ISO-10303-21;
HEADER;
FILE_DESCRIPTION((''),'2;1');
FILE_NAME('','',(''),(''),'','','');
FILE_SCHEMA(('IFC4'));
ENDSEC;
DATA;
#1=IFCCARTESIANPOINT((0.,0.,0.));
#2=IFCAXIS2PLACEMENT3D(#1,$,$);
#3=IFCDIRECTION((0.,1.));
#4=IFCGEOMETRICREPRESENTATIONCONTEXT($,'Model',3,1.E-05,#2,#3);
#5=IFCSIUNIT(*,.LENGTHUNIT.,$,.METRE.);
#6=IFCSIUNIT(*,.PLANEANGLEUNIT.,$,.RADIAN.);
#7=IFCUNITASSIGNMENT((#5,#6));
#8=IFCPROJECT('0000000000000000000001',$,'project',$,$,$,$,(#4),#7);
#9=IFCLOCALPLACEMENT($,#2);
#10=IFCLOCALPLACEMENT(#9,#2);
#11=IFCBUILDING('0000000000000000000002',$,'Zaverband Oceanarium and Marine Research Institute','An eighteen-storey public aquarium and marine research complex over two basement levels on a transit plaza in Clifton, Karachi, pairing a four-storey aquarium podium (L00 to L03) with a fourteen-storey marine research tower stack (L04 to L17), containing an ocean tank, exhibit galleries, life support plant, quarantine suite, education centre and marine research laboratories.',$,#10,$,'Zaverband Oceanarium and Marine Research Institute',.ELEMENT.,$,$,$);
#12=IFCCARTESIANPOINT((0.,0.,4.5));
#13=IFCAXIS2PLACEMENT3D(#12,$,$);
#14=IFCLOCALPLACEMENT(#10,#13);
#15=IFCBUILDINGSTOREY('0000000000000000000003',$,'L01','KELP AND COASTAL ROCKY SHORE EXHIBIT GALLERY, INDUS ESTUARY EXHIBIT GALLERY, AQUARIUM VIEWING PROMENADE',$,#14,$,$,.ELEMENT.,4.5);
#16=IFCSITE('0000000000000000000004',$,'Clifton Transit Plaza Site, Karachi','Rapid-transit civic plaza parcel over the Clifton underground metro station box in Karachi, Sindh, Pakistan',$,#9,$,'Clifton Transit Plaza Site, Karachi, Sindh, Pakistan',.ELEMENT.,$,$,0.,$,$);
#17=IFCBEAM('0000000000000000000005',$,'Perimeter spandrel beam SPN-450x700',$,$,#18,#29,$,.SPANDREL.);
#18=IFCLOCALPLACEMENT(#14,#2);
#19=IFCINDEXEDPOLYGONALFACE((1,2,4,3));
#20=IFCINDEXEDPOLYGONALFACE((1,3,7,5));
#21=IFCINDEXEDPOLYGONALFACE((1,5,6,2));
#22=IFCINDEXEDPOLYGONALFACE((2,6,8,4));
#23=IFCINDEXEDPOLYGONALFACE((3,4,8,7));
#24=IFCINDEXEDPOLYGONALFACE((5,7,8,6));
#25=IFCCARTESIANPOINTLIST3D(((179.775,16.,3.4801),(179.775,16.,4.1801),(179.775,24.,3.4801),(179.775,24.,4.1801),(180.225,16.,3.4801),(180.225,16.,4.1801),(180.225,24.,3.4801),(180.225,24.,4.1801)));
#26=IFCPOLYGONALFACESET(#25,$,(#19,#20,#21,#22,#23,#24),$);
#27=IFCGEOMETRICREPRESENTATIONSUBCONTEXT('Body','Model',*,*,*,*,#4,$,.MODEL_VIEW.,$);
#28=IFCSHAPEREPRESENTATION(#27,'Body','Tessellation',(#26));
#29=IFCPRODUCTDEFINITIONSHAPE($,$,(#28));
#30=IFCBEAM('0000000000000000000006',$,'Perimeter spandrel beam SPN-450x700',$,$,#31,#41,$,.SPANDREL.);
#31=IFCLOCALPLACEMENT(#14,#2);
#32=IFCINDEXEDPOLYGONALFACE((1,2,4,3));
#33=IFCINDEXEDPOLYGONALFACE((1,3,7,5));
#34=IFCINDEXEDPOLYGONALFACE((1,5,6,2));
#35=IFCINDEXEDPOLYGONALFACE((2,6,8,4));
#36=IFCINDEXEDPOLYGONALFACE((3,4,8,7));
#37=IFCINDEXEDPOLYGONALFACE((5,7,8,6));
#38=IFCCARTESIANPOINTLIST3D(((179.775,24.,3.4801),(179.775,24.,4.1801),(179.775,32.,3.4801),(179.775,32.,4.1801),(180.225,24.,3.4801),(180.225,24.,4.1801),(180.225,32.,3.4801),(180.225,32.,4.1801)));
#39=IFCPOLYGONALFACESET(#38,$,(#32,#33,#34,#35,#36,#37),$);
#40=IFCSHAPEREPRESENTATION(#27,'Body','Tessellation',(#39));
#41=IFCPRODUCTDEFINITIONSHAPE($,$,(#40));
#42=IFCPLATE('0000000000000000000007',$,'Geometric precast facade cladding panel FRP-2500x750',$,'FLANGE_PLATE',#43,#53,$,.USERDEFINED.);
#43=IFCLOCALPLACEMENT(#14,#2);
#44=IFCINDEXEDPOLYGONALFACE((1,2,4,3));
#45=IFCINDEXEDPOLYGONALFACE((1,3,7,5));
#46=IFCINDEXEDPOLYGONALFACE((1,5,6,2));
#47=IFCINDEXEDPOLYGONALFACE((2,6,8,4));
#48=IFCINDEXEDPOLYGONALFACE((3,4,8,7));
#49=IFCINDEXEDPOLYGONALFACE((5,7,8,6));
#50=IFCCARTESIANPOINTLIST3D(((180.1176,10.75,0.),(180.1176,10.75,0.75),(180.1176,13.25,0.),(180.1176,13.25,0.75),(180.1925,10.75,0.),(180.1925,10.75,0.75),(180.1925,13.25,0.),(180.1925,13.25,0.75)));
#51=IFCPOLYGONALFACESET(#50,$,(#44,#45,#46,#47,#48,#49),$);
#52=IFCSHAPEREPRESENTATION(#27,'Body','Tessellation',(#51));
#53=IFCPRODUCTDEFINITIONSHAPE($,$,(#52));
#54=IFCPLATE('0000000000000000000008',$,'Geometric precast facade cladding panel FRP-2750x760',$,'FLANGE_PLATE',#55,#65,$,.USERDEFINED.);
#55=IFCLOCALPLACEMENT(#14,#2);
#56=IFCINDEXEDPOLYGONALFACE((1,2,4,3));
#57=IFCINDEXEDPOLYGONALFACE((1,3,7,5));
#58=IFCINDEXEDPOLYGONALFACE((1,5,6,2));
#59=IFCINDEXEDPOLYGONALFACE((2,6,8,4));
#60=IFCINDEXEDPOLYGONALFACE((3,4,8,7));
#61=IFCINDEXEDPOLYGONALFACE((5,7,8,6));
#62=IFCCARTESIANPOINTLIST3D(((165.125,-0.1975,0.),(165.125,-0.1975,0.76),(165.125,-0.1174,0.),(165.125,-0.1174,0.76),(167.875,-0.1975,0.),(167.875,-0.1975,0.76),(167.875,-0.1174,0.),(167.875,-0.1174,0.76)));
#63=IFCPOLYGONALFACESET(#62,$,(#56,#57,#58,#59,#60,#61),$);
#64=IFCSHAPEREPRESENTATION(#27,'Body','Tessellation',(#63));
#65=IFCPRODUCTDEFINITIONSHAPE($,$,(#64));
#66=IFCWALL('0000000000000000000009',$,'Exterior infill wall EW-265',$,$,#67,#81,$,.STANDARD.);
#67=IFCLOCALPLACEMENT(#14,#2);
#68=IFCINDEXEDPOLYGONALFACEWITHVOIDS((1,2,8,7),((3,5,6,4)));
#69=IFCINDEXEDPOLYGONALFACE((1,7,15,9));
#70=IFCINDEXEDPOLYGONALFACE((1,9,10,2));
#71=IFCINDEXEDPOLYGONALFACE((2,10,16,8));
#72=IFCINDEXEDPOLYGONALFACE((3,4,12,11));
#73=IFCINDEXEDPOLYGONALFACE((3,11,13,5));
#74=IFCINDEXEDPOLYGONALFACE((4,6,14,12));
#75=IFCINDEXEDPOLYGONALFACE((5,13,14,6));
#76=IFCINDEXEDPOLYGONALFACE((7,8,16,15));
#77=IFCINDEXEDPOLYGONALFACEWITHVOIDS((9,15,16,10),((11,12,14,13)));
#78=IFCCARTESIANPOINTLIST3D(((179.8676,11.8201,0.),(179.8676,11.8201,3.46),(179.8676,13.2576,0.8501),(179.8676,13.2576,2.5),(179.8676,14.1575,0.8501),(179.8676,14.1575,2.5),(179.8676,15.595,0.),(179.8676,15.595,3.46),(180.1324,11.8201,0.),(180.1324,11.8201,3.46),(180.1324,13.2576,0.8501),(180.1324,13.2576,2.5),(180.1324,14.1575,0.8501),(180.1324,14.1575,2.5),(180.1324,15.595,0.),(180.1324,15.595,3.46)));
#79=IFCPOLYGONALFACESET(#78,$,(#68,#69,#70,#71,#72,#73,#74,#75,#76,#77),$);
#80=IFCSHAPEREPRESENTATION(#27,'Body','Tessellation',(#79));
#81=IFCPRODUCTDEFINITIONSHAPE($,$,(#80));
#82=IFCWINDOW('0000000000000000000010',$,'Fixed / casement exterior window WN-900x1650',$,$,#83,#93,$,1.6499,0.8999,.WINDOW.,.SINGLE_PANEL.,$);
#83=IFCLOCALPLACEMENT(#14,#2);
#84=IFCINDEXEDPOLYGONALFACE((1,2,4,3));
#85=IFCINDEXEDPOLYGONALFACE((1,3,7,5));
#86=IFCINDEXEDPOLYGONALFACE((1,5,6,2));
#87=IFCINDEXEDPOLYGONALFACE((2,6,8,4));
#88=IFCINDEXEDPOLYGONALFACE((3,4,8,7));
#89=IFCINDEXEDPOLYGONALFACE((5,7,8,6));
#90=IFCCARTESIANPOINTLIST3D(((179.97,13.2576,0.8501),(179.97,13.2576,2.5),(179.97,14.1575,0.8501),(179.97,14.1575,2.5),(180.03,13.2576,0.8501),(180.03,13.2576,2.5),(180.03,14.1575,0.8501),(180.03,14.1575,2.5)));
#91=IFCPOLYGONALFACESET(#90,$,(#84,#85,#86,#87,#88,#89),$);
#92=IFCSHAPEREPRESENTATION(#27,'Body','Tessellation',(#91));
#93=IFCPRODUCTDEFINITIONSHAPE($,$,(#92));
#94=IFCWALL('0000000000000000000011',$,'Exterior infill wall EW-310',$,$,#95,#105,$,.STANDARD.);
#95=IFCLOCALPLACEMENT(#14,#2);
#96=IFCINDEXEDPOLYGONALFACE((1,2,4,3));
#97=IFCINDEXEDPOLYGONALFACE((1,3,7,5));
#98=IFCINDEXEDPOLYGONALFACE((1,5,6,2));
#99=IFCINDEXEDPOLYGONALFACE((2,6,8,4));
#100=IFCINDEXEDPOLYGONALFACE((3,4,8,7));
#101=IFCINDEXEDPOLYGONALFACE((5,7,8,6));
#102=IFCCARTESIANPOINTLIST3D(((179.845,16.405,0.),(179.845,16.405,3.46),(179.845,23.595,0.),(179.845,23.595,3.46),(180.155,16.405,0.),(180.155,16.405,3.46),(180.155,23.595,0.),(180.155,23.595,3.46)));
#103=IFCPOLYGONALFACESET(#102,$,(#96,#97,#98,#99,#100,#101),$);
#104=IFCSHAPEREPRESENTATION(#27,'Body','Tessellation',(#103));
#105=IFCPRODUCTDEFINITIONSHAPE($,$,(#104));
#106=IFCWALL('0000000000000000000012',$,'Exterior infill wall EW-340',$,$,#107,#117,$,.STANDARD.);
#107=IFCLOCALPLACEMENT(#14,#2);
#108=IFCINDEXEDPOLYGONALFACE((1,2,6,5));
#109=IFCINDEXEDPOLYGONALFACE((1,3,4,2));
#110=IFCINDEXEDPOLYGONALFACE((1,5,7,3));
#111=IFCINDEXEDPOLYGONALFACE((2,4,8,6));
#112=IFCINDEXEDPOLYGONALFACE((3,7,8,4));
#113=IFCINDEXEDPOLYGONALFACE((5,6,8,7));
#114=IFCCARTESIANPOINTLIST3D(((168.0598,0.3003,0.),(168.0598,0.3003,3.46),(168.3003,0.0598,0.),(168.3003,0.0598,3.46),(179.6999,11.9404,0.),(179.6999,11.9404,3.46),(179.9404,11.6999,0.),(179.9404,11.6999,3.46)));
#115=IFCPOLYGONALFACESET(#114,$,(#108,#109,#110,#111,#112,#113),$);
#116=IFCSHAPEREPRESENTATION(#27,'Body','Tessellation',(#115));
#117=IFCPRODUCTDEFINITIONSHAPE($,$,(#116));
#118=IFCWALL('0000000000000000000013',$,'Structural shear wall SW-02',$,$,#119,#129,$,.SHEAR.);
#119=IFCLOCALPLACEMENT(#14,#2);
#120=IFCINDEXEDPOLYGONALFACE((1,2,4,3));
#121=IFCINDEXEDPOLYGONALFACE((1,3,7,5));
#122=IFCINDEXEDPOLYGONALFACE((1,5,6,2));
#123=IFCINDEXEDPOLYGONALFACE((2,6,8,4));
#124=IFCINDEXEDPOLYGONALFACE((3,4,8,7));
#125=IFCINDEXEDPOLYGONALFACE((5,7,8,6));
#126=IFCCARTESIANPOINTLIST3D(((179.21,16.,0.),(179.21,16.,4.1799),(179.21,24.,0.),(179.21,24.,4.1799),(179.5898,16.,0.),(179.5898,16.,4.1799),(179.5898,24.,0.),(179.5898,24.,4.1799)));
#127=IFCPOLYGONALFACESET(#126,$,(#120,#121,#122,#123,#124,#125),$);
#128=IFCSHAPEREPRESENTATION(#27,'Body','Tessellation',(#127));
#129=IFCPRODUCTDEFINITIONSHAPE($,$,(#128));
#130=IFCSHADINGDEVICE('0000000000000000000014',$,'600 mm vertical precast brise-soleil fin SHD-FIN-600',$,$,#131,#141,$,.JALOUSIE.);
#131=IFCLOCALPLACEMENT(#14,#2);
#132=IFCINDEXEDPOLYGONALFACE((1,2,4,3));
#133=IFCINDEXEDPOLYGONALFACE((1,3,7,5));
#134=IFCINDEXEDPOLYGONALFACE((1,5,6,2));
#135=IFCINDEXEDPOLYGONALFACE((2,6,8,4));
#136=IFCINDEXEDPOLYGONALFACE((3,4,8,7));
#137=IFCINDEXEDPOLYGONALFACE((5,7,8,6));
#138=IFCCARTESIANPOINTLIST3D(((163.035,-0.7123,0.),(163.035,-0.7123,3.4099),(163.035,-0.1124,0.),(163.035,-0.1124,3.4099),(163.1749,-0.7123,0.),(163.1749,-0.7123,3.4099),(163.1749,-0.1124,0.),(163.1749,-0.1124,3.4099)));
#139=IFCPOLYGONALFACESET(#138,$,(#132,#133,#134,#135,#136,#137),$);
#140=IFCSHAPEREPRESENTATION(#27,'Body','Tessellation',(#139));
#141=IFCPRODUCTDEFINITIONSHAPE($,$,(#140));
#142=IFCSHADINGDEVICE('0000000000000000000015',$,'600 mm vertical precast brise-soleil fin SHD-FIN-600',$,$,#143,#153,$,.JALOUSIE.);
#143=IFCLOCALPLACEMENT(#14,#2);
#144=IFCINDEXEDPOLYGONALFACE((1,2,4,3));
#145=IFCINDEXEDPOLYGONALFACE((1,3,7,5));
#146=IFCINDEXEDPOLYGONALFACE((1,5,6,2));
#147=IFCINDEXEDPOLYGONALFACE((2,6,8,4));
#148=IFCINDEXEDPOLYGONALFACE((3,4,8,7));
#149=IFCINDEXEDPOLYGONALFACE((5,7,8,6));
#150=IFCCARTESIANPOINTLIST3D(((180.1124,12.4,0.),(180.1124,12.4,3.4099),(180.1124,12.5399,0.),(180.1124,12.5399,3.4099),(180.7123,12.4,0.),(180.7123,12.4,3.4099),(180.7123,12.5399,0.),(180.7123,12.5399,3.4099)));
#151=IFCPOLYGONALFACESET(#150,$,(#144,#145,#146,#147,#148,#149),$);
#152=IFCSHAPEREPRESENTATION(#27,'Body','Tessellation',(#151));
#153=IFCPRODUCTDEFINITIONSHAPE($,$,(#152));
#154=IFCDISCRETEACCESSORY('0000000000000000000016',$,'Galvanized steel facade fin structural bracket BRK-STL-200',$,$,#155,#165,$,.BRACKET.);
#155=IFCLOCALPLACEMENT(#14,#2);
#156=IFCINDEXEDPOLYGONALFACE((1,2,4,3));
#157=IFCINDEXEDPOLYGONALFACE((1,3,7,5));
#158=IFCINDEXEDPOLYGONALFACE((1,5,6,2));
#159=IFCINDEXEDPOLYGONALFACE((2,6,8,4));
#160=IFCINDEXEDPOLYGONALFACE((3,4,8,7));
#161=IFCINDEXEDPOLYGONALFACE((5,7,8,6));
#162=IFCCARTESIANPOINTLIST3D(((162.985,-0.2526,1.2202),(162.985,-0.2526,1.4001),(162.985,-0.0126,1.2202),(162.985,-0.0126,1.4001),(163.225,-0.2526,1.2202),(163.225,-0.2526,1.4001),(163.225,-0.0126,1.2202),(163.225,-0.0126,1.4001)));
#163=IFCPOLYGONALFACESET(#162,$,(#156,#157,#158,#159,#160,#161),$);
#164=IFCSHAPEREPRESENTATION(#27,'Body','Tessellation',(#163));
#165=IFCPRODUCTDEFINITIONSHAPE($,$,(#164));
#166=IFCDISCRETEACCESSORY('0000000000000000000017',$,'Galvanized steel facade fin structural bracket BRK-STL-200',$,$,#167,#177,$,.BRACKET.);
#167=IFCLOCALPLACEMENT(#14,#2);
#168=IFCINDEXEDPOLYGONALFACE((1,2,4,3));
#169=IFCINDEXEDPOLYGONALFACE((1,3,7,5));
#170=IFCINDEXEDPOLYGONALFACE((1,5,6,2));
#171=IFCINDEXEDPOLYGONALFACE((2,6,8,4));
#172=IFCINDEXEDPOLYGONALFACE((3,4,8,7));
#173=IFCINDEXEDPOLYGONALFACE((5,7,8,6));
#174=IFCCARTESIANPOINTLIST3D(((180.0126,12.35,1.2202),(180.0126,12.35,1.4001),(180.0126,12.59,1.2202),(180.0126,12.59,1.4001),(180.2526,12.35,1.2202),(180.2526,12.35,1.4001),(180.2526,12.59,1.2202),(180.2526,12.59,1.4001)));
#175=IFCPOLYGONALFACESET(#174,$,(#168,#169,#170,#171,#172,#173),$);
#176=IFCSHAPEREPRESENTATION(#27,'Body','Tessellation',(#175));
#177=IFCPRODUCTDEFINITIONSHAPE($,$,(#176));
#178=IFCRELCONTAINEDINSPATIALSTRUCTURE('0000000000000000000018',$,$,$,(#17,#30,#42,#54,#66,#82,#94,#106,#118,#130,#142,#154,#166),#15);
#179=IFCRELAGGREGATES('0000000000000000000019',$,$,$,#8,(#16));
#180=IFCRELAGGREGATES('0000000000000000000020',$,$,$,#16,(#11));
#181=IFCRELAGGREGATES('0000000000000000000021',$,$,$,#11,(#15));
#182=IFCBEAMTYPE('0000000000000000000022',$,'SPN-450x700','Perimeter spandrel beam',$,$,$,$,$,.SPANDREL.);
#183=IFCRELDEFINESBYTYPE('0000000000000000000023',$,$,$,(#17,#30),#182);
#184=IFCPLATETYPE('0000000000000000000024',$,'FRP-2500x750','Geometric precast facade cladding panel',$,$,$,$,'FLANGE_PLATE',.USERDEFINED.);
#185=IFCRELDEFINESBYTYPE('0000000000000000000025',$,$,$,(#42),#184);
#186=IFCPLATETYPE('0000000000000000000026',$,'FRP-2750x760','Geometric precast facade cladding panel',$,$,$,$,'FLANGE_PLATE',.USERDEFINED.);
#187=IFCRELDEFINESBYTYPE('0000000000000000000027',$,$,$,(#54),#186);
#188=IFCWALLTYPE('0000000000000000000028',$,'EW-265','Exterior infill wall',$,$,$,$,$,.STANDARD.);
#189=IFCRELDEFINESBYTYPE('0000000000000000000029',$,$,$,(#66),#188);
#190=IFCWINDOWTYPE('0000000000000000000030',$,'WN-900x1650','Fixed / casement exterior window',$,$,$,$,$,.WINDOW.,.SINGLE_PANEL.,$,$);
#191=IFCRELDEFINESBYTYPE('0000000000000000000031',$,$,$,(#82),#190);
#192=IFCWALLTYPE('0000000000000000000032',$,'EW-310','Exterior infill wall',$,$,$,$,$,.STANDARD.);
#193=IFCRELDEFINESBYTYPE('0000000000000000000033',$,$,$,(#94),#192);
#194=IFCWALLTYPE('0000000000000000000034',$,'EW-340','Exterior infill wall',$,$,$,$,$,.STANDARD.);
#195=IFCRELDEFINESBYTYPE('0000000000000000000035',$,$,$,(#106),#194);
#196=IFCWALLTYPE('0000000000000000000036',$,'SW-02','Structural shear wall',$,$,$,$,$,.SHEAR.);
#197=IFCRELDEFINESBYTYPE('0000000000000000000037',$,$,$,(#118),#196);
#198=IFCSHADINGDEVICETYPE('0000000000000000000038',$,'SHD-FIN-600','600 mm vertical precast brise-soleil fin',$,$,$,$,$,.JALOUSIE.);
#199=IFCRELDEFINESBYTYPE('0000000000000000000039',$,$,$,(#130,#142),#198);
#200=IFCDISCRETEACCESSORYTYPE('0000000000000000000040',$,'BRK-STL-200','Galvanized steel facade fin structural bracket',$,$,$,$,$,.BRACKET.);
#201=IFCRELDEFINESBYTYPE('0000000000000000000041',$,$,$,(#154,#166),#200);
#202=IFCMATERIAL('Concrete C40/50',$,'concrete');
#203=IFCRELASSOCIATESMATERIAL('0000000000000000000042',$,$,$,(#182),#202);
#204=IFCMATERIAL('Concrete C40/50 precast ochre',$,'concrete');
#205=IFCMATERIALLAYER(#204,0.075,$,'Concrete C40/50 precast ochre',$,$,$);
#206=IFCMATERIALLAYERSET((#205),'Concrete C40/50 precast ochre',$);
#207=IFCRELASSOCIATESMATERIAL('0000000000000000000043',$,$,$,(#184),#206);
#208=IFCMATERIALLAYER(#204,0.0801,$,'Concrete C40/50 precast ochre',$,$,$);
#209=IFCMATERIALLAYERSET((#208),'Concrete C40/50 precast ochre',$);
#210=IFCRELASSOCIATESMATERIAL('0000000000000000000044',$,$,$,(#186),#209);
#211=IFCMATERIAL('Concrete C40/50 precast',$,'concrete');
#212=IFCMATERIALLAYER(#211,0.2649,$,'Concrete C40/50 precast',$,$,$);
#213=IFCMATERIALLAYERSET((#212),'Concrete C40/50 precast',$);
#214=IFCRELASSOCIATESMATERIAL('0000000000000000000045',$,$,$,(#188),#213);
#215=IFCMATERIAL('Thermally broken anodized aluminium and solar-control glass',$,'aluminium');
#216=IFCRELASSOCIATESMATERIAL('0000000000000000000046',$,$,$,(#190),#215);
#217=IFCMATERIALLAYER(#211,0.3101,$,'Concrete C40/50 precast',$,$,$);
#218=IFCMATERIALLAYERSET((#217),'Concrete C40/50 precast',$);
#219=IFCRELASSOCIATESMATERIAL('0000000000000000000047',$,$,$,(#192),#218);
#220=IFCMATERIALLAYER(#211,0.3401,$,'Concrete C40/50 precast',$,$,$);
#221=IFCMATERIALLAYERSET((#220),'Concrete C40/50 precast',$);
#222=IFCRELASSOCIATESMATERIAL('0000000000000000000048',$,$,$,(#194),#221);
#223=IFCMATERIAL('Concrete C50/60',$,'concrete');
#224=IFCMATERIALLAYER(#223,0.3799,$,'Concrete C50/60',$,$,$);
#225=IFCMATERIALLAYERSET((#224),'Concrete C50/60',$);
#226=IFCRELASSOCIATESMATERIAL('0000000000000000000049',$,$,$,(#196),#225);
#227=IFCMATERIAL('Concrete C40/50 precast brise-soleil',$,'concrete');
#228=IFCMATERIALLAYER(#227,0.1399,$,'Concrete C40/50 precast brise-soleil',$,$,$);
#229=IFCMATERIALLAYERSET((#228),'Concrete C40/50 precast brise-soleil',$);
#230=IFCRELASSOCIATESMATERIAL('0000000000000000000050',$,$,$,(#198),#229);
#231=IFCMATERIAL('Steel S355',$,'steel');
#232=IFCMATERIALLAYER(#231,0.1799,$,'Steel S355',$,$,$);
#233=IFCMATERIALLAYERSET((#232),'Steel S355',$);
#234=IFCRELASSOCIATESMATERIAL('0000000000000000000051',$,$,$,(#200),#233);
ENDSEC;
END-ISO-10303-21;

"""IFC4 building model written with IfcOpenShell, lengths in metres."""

from ifc_helpers import new_model, si_unit, direction, frame, frame_2d, origin, origin_2d, place, context, subcontext, project, spatial, rectangle, extrude, material, layer, layer_set, material_profile, profile_set, type_object, element, fill, save


model = new_model("IFC4")

# Units and contexts
model_context = context("Model", 3, precision=1e-05, world=origin(), true_north=direction((0.0, 1.0)))
body_context = subcontext(model_context, "Body", "Model", "MODEL_VIEW")
ifc_project = project(units=[si_unit("LENGTHUNIT", "METRE"), si_unit("PLANEANGLEUNIT", "RADIAN")], contexts=[model_context])

# Site, building, storey
site_placement = place(None, origin())
site = spatial("IfcSite", under=ifc_project, at=site_placement, Name="Clifton Transit Plaza Site, Karachi", Description="Rapid-transit civic plaza parcel over the Clifton underground metro station box in Karachi, Sindh, Pakistan", LongName="Clifton Transit Plaza Site, Karachi, Sindh, Pakistan", CompositionType="ELEMENT", RefElevation=0.0)
building_placement = place(site_placement, origin())
building = spatial("IfcBuilding", under=site, at=building_placement, Name="Zaverband Oceanarium and Marine Research Institute", Description="An eighteen-storey public aquarium and marine research complex over two basement levels on a transit plaza in Clifton, Karachi, pairing a four-storey aquarium podium (L00 to L03) with a fourteen-storey marine research tower stack (L04 to L17), containing an ocean tank, exhibit galleries, life support plant, quarantine suite, education centre and marine research laboratories.", LongName="Zaverband Oceanarium and Marine Research Institute", CompositionType="ELEMENT")
storey_placement = place(building_placement, frame((0.0, 0.0, 4.5)))
storey = spatial("IfcBuildingStorey", under=building, at=storey_placement, Name="L01", Description="KELP AND COASTAL ROCKY SHORE EXHIBIT GALLERY, INDUS ESTUARY EXHIBIT GALLERY, AQUARIUM VIEWING PROMENADE", CompositionType="ELEMENT", Elevation=4.5)

# Shared definitions
ifc_material_1 = material(Name="Concrete C50/60", Category="concrete")

# Beams
ifc_material_2 = material(Name="Concrete C40/50", Category="concrete")
ifc_material_profile_1 = material_profile(ifc_material_2, rectangle(XDim=0.45, YDim=0.7, at=origin_2d()), Name="RC450x700")
ifc_profile_set_1 = profile_set([ifc_material_profile_1], Name="Concrete C40/50")
beam_type_1 = type_object("IfcBeamType", Name="SPN-450x700", Description="Perimeter spandrel beam", PredefinedType="SPANDREL", material=ifc_profile_set_1)
for number, where, z_axis, x_axis, name in (
    (1, (180.0, 16.0, 3.8301), (0.0, 1.0, 0.0), (-1.0, 0.0, 0.0), "Perimeter spandrel beam SPN-450x700"),
    (2, (180.0, 24.0, 3.8301), (0.0, 1.0, 0.0), (-1.0, 0.0, 0.0), "Perimeter spandrel beam SPN-450x700"),
):
    element("IfcBeam", number, at=place(storey_placement, frame(where, z_axis=z_axis, x_axis=x_axis)), inside=storey, type_object=beam_type_1, Name=name, PredefinedType="SPANDREL", context=body_context, shape_type="SweptSolid", body=[
        extrude(rectangle(XDim=0.45, YDim=0.7, at=origin_2d()), origin(), (0.0, 0.0, 1.0), 8.0),
    ])

# Plates
ifc_material_3 = material(Name="Concrete C40/50 precast ochre", Category="concrete")
ifc_layer_1 = layer(ifc_material_3, 0.075, Name="Concrete C40/50 precast ochre")
ifc_layer_set_1 = layer_set([ifc_layer_1], Name="Concrete C40/50 precast ochre")
plate_type_1 = type_object("IfcPlateType", Name="FRP-2500x750", Description="Geometric precast facade cladding panel", ElementType="FLANGE_PLATE", PredefinedType="USERDEFINED", material=ifc_layer_set_1)
plate_1_placement = place(storey_placement, frame((180.155, 10.75, 0.0), z_axis=(0.0, 0.0, 1.0), x_axis=(0.0, 1.0, 0.0)))
element("IfcPlate", 3, at=plate_1_placement, inside=storey, type_object=plate_type_1, Name="Geometric precast facade cladding panel FRP-2500x750", ObjectType="FLANGE_PLATE", PredefinedType="USERDEFINED", context=body_context, shape_type="SweptSolid", body=[
    extrude(rectangle(XDim=2.5, YDim=0.075, at=frame_2d((1.25, 0.0))), origin(), (0.0, 0.0, 1.0), 0.75),
])
ifc_layer_2 = layer(ifc_material_3, 0.0801, Name="Concrete C40/50 precast ochre")
ifc_layer_set_2 = layer_set([ifc_layer_2], Name="Concrete C40/50 precast ochre")
plate_type_2 = type_object("IfcPlateType", Name="FRP-2750x760", Description="Geometric precast facade cladding panel", ElementType="FLANGE_PLATE", PredefinedType="USERDEFINED", material=ifc_layer_set_2)
plate_2_placement = place(storey_placement, frame((165.125, -0.1575, 0.0), z_axis=(0.0, 0.0, 1.0), x_axis=(1.0, 0.0, 0.0)))
element("IfcPlate", 4, at=plate_2_placement, inside=storey, type_object=plate_type_2, Name="Geometric precast facade cladding panel FRP-2750x760", ObjectType="FLANGE_PLATE", PredefinedType="USERDEFINED", context=body_context, shape_type="SweptSolid", body=[
    extrude(rectangle(XDim=2.75, YDim=0.0801, at=frame_2d((1.375, 0.0))), origin(), (0.0, 0.0, 1.0), 0.76),
])

# Wall, opening, window
ifc_material_4 = material(Name="Concrete C40/50 precast", Category="concrete")
ifc_layer_3 = layer(ifc_material_4, 0.2649, Name="Concrete C40/50 precast")
ifc_layer_set_3 = layer_set([ifc_layer_3], Name="Concrete C40/50 precast")
wall_type_1 = type_object("IfcWallType", Name="EW-265", Description="Exterior infill wall", PredefinedType="STANDARD", material=ifc_layer_set_3)
wall_1_placement = place(storey_placement, frame((180.0, 11.8201, 0.0), z_axis=(0.0, 0.0, 1.0), x_axis=(0.0, 1.0, 0.0)))
wall_1 = element("IfcWall", 5, at=wall_1_placement, inside=storey, type_object=wall_type_1, Name="Exterior infill wall EW-265", PredefinedType="STANDARD", context=body_context, shape_type="SweptSolid", body=[
    extrude(rectangle(XDim=3.7749, YDim=0.2649, at=frame_2d((1.8875, 0.0))), origin(), (0.0, 0.0, 1.0), 3.46),
])
opening_placement = place(wall_1_placement, frame((1.4375, 0.0, 0.8501)))
opening = element("IfcOpeningElement", 6, at=opening_placement, cuts=wall_1, PredefinedType="OPENING", context=body_context, shape_type="SweptSolid", body=[
    extrude(rectangle(XDim=0.8999, YDim=1.6499, at=frame_2d((0.45, 0.825))), frame((0.0, 0.1445, 0.0), z_axis=(0.0, -1.0, 0.0), x_axis=(1.0, 0.0, 0.0)), (0.0, 0.0, 1.0), 0.2888),
])
ifc_material_5 = material(Name="Thermally broken anodized aluminium and solar-control glass", Category="aluminium")
window_type = type_object("IfcWindowType", Name="WN-900x1650", Description="Fixed / casement exterior window", PartitioningType="SINGLE_PANEL", PredefinedType="WINDOW", material=ifc_material_5)
window_placement = place(opening_placement, origin())
window = element("IfcWindow", 7, at=window_placement, inside=storey, type_object=window_type, Name="Fixed / casement exterior window WN-900x1650", OverallHeight=1.6499, OverallWidth=0.8999, PartitioningType="SINGLE_PANEL", PredefinedType="WINDOW", context=body_context, shape_type="SweptSolid", body=[
    extrude(rectangle(XDim=0.8999, YDim=1.6499, at=frame_2d((0.45, 0.825))), frame((0.0, 0.03, 0.0), z_axis=(0.0, -1.0, 0.0), x_axis=(1.0, 0.0, 0.0)), (0.0, 0.0, 1.0), 0.0601),
])
fill(opening, window)

# Walls
ifc_layer_4 = layer(ifc_material_4, 0.3101, Name="Concrete C40/50 precast")
ifc_layer_set_4 = layer_set([ifc_layer_4], Name="Concrete C40/50 precast")
wall_type_2 = type_object("IfcWallType", Name="EW-310", Description="Exterior infill wall", PredefinedType="STANDARD", material=ifc_layer_set_4)
wall_2_placement = place(storey_placement, frame((180.0, 16.405, 0.0), z_axis=(0.0, 0.0, 1.0), x_axis=(0.0, 1.0, 0.0)))
element("IfcWall", 8, at=wall_2_placement, inside=storey, type_object=wall_type_2, Name="Exterior infill wall EW-310", PredefinedType="STANDARD", context=body_context, shape_type="SweptSolid", body=[
    extrude(rectangle(XDim=7.1899, YDim=0.3101, at=frame_2d((3.595, 0.0))), origin(), (0.0, 0.0, 1.0), 3.46),
])
ifc_layer_5 = layer(ifc_material_4, 0.3401, Name="Concrete C40/50 precast")
ifc_layer_set_5 = layer_set([ifc_layer_5], Name="Concrete C40/50 precast")
wall_type_3 = type_object("IfcWallType", Name="EW-340", Description="Exterior infill wall", PredefinedType="STANDARD", material=ifc_layer_set_5)
wall_3_placement = place(storey_placement, frame((168.1799, 0.1799, 0.0), z_axis=(0.0, 0.0, 1.0), x_axis=(0.707107, 0.707107, 0.0)))
element("IfcWall", 9, at=wall_3_placement, inside=storey, type_object=wall_type_3, Name="Exterior infill wall EW-340", PredefinedType="STANDARD", context=body_context, shape_type="SweptSolid", body=[
    extrude(rectangle(XDim=16.4617, YDim=0.3401, at=frame_2d((8.231, 0.0))), origin(), (0.0, 0.0, 1.0), 3.46),
])
ifc_layer_6 = layer(ifc_material_1, 0.3799, Name="Concrete C50/60")
ifc_layer_set_6 = layer_set([ifc_layer_6], Name="Concrete C50/60")
wall_type_4 = type_object("IfcWallType", Name="SW-02", Description="Structural shear wall", PredefinedType="SHEAR", material=ifc_layer_set_6)
wall_4_placement = place(storey_placement, frame((179.3999, 16.0, 0.0), z_axis=(0.0, 0.0, 1.0), x_axis=(0.0, 1.0, 0.0)))
element("IfcWall", 10, at=wall_4_placement, inside=storey, type_object=wall_type_4, Name="Structural shear wall SW-02", PredefinedType="SHEAR", context=body_context, shape_type="SweptSolid", body=[
    extrude(rectangle(XDim=8.0, YDim=0.3799, at=frame_2d((4.0, 0.0))), origin(), (0.0, 0.0, 1.0), 4.1799),
])

# Shading devices
ifc_material_6 = material(Name="Concrete C40/50 precast brise-soleil", Category="concrete")
ifc_layer_7 = layer(ifc_material_6, 0.1399, Name="Concrete C40/50 precast brise-soleil")
ifc_layer_set_7 = layer_set([ifc_layer_7], Name="Concrete C40/50 precast brise-soleil")
shading_device_type = type_object("IfcShadingDeviceType", Name="SHD-FIN-600", Description="600 mm vertical precast brise-soleil fin", PredefinedType="JALOUSIE", material=ifc_layer_set_7)
for number, where, z_axis, x_axis, name in (
    (11, (163.105, -0.1125, 0.0), (0.0, 0.0, 1.0), (0.0, -1.0, 0.0), "600 mm vertical precast brise-soleil fin SHD-FIN-600"),
    (12, (180.1125, 12.47, 0.0), (0.0, 0.0, 1.0), (1.0, 0.0, 0.0), "600 mm vertical precast brise-soleil fin SHD-FIN-600"),
):
    element("IfcShadingDevice", number, at=place(storey_placement, frame(where, z_axis=z_axis, x_axis=x_axis)), inside=storey, type_object=shading_device_type, Name=name, PredefinedType="JALOUSIE", context=body_context, shape_type="SweptSolid", body=[
        extrude(rectangle(XDim=0.5999, YDim=0.1399, at=frame_2d((0.2998, 0.0))), origin(), (0.0, 0.0, 1.0), 3.4099),
    ])

# Discrete accessories
ifc_material_7 = material(Name="Steel S355", Category="steel")
ifc_layer_8 = layer(ifc_material_7, 0.1799, Name="Steel S355")
ifc_layer_set_8 = layer_set([ifc_layer_8], Name="Steel S355")
discrete_accessory_type = type_object("IfcDiscreteAccessoryType", Name="BRK-STL-200", Description="Galvanized steel facade fin structural bracket", PredefinedType="BRACKET", material=ifc_layer_set_8)
for number, where, z_axis, x_axis, name in (
    (13, (163.105, -0.1326, 1.2202), (0.0, 0.0, 1.0), (1.0, 0.0, 0.0), "Galvanized steel facade fin structural bracket BRK-STL-200"),
    (14, (180.1326, 12.47, 1.2202), (0.0, 0.0, 1.0), (1.0, 0.0, 0.0), "Galvanized steel facade fin structural bracket BRK-STL-200"),
):
    element("IfcDiscreteAccessory", number, at=place(storey_placement, frame(where, z_axis=z_axis, x_axis=x_axis)), inside=storey, type_object=discrete_accessory_type, Name=name, PredefinedType="BRACKET", context=body_context, shape_type="SweptSolid", body=[
        extrude(rectangle(XDim=0.24, YDim=0.24, at=origin_2d()), origin(), (0.0, 0.0, 1.0), 0.1799),
    ])

save(model, "model.ifc")
